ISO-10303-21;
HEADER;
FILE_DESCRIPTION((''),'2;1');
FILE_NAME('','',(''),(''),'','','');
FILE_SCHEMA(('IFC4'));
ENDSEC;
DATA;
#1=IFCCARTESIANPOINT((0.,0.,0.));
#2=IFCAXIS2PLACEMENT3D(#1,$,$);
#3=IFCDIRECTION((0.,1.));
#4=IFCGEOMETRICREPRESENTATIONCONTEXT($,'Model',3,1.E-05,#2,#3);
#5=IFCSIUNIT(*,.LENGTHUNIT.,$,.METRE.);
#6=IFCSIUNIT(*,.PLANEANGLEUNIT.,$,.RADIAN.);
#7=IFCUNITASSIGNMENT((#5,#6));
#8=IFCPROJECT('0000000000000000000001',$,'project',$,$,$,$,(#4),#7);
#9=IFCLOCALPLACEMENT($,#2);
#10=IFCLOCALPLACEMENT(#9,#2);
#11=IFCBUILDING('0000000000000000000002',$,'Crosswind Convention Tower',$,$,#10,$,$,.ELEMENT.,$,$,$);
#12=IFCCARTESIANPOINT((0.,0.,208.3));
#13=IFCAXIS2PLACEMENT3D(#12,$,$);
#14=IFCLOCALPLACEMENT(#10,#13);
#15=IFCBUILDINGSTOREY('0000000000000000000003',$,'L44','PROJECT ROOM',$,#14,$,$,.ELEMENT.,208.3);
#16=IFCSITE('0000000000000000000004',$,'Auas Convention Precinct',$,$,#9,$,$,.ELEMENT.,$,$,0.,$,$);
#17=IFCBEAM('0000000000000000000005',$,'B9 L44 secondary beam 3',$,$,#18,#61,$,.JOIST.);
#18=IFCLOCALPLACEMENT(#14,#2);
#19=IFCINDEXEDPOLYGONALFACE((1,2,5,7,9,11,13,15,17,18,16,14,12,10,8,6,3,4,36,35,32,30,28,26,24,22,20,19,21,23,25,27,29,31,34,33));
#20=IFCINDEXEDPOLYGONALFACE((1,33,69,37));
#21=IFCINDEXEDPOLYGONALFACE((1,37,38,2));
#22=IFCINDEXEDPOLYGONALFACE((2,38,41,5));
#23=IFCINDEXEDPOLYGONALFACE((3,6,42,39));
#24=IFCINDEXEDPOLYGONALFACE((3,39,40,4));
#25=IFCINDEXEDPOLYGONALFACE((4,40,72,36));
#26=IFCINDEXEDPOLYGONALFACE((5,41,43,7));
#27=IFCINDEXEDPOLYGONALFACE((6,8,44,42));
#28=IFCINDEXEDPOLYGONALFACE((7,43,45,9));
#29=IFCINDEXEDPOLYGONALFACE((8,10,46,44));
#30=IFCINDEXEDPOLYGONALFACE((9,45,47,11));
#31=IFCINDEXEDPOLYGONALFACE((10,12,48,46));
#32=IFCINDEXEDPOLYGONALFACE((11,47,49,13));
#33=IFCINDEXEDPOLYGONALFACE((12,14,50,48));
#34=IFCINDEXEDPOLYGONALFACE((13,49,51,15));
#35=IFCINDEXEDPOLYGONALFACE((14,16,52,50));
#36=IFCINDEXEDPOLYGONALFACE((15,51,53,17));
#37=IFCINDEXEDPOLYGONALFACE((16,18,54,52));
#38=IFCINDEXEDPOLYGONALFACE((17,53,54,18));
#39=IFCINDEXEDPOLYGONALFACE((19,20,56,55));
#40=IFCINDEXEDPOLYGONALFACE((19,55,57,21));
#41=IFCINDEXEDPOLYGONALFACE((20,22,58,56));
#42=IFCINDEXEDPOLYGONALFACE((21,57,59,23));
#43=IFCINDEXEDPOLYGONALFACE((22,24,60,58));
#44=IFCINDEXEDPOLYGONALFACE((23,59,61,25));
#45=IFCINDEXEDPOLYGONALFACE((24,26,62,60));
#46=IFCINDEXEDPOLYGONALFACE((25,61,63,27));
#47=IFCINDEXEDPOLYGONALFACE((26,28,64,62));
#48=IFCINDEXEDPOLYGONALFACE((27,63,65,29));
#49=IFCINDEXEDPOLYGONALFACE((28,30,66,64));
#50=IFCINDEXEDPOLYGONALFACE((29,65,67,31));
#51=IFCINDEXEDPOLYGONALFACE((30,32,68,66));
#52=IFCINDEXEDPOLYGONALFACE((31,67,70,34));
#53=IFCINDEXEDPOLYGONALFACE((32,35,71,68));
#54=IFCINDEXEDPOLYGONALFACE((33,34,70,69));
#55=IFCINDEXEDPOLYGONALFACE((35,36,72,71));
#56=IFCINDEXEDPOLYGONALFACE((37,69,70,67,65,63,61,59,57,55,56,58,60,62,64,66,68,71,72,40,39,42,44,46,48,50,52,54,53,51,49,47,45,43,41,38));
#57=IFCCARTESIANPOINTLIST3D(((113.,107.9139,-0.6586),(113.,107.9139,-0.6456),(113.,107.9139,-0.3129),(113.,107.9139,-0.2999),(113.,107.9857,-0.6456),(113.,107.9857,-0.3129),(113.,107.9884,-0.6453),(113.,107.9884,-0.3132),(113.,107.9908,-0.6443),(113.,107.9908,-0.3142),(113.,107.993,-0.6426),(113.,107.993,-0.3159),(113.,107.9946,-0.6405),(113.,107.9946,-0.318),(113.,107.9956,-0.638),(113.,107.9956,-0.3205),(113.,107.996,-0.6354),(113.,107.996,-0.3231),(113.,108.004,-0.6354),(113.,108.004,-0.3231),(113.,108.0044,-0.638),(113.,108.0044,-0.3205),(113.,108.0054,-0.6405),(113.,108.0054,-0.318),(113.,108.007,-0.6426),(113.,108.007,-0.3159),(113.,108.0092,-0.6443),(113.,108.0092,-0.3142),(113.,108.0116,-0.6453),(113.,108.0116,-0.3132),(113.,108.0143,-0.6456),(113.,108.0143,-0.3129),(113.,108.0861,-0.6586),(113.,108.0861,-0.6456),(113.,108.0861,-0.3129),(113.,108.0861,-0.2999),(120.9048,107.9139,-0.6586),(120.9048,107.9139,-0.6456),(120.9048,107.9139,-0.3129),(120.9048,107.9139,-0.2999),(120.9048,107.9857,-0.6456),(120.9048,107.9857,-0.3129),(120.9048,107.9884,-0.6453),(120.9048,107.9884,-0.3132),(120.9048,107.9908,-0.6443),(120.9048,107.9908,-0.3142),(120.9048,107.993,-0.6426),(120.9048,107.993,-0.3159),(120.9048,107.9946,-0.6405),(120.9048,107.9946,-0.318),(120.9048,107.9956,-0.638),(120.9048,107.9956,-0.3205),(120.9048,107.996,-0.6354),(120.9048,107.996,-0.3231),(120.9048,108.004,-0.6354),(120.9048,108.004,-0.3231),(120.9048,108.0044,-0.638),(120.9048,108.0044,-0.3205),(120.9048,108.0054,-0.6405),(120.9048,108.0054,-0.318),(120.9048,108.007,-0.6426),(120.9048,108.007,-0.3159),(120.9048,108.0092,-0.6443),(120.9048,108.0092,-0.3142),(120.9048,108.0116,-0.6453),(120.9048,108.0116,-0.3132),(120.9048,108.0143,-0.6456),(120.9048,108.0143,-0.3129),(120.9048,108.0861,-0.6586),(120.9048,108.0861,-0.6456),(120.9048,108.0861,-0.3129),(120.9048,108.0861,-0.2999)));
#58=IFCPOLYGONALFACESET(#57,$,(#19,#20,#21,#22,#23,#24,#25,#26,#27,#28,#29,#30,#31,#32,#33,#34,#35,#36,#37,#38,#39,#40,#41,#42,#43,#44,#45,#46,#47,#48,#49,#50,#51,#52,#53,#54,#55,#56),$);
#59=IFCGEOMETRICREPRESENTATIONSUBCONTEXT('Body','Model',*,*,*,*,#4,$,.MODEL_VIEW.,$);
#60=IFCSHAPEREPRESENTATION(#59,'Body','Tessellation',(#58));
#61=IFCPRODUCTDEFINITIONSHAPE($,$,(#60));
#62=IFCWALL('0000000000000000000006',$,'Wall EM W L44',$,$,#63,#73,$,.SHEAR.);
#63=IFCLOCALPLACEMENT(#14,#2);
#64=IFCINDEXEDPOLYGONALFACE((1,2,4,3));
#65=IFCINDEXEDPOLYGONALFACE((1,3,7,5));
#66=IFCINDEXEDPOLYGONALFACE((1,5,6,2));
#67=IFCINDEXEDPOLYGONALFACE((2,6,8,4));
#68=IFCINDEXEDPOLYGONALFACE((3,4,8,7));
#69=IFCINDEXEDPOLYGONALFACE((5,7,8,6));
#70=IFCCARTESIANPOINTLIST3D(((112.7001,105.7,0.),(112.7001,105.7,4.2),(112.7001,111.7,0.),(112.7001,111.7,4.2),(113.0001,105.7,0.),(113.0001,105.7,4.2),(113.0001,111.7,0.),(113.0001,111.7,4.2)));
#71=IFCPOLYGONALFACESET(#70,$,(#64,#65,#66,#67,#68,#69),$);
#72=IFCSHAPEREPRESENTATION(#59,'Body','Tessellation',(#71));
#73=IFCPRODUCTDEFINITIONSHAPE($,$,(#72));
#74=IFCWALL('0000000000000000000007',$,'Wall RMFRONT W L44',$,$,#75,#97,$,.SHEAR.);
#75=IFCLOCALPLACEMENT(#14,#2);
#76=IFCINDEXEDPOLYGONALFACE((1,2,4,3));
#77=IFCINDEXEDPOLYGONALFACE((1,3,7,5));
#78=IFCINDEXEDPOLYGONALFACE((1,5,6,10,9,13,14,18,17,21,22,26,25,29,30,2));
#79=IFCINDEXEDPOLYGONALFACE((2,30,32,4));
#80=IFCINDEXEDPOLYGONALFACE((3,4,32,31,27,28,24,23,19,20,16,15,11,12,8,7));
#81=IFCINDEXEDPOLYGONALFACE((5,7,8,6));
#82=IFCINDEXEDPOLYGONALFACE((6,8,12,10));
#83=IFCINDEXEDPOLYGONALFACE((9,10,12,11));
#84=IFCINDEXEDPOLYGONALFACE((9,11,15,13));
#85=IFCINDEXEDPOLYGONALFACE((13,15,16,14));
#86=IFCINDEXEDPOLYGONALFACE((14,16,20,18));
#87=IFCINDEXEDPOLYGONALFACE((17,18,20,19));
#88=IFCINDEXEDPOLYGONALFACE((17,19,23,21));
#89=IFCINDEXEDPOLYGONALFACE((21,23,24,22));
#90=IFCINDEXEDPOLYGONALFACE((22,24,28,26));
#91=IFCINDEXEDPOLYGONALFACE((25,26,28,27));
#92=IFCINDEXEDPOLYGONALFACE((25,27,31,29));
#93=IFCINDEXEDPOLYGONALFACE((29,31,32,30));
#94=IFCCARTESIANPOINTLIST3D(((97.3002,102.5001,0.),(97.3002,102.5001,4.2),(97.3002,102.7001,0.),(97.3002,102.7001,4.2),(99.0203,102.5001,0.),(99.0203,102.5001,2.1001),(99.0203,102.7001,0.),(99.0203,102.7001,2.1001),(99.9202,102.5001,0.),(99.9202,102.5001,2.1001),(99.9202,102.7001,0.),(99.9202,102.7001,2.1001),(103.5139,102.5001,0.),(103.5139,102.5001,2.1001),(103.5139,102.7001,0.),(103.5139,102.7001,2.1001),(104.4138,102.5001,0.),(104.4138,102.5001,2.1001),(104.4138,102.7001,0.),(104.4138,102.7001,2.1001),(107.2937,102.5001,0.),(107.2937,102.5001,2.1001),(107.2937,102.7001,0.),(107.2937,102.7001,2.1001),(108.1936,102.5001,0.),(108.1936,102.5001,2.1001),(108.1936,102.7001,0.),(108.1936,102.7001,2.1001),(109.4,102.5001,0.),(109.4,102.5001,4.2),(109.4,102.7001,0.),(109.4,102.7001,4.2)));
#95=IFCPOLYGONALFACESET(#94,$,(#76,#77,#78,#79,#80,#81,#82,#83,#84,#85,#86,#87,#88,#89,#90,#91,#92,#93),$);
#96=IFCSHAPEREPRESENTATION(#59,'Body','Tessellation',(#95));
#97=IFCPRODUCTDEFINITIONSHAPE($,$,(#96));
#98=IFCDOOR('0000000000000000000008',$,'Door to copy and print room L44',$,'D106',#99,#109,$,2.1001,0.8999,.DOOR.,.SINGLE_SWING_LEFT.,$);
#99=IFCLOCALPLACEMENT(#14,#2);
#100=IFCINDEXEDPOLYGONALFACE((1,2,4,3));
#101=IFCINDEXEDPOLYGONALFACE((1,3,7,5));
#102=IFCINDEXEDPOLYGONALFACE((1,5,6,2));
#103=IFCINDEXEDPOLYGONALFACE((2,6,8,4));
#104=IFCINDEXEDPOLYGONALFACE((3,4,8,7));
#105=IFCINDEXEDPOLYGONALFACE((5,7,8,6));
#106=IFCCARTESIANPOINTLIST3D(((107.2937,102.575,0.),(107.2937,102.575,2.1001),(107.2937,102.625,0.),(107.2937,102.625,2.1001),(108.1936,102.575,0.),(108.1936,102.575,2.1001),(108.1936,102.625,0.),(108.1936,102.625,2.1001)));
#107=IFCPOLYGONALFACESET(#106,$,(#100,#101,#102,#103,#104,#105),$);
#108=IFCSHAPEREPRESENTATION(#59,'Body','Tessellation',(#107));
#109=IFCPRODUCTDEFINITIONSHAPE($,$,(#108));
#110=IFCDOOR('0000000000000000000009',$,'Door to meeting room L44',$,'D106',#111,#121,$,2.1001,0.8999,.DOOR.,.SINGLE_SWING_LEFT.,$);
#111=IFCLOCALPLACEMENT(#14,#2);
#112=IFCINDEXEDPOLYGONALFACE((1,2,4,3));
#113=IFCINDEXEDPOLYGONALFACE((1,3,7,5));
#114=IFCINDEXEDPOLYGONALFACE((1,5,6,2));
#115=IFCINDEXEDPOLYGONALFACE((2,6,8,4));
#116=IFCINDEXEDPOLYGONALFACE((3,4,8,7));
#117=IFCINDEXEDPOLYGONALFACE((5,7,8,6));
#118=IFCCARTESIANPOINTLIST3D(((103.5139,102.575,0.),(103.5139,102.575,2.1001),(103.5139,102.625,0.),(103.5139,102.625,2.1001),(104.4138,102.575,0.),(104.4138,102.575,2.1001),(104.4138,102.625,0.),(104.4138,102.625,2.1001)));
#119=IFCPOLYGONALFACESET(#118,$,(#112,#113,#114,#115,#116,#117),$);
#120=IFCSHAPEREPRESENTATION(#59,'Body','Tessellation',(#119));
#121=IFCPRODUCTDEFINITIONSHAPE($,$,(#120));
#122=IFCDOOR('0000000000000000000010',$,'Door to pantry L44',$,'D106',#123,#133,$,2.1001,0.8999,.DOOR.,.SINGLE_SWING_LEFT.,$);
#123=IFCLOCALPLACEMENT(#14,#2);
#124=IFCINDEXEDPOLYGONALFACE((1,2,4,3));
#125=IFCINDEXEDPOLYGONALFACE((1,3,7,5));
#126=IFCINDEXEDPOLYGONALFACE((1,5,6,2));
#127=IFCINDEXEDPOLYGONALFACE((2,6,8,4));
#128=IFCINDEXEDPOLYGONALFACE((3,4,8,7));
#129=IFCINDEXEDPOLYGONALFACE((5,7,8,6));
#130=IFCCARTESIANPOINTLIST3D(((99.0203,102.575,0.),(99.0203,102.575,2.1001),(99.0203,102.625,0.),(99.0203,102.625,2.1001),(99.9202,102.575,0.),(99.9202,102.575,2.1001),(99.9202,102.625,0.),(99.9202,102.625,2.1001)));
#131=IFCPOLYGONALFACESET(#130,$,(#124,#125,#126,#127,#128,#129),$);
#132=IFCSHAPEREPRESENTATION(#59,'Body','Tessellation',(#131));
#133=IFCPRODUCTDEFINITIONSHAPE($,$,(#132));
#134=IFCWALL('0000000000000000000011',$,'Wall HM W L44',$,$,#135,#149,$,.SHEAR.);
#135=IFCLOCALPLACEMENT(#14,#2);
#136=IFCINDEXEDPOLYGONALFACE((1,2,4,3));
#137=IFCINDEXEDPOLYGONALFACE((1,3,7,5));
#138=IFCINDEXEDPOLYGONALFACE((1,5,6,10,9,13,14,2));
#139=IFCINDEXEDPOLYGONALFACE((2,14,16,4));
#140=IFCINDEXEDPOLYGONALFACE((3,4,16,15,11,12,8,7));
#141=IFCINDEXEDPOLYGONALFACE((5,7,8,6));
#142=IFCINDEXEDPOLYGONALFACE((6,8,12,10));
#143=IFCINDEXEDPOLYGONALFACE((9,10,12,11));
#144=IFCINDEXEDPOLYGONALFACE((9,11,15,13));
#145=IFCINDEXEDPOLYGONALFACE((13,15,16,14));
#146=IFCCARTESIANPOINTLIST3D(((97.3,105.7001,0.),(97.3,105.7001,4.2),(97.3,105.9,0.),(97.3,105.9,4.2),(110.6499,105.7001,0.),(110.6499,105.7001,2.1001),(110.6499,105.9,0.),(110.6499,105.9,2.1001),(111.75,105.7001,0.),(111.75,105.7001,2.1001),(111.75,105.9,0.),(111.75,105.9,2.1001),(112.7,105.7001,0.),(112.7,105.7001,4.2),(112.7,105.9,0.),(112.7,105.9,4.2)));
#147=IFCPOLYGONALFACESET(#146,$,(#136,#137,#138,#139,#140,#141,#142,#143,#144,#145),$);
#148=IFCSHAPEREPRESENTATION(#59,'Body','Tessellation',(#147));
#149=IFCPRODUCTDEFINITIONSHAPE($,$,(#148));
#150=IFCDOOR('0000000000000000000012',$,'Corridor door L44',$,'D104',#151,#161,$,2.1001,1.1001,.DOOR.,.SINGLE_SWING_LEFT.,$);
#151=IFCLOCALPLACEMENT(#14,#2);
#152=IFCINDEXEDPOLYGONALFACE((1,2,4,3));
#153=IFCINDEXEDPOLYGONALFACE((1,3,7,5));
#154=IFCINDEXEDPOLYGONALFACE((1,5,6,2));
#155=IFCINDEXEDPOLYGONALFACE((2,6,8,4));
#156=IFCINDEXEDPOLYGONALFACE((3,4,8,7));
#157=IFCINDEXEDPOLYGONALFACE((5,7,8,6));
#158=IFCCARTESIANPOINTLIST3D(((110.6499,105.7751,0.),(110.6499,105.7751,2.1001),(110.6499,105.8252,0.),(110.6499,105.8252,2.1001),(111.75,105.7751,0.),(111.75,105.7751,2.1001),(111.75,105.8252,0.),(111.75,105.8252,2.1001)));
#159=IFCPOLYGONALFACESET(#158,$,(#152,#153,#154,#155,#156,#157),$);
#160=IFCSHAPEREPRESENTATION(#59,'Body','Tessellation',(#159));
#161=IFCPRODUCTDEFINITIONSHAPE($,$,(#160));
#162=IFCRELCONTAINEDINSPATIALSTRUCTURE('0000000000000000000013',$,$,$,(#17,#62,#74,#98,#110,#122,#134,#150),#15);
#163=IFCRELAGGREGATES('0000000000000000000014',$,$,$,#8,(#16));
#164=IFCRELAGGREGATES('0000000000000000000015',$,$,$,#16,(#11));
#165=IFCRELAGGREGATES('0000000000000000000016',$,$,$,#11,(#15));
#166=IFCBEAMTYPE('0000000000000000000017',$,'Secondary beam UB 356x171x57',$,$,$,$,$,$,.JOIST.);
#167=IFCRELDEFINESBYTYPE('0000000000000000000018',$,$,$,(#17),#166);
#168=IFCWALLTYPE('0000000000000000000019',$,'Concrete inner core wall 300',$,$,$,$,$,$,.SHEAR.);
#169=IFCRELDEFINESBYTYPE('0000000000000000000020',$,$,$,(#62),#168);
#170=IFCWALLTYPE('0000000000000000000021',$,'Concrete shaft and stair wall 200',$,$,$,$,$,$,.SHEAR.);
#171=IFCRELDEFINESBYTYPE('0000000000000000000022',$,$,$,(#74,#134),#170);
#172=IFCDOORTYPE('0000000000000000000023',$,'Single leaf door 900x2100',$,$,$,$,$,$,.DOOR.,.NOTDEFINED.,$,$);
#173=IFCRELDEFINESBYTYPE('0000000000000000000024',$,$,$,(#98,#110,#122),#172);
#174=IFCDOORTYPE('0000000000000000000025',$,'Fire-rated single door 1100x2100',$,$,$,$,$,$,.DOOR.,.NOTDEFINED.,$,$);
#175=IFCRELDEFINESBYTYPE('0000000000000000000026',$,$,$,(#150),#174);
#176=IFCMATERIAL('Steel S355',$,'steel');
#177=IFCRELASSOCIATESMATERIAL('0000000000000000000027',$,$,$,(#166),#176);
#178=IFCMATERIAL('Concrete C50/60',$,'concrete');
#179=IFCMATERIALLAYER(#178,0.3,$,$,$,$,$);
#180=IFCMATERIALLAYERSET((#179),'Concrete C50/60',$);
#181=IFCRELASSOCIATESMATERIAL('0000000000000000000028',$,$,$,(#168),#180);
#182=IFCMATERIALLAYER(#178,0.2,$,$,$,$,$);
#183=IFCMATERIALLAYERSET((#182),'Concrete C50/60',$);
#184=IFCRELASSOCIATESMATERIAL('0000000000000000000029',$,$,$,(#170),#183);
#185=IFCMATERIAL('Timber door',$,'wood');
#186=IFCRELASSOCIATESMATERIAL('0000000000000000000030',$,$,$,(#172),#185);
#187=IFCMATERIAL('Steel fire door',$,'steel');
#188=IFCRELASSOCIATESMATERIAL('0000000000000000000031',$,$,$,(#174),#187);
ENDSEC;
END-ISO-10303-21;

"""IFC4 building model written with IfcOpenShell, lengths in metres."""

from ifc_helpers import new_model, si_unit, direction, frame, frame_2d, origin, origin_2d, place, context, subcontext, project, spatial, rectangle, i_section, extrude, material, layer, layer_set, material_profile, profile_set, type_object, element, fill, save


model = new_model("IFC4")

# Units and contexts
model_context = context("Model", 3, precision=1e-05, world=origin(), true_north=direction((0.0, 1.0)))
body_context = subcontext(model_context, "Body", "Model", "MODEL_VIEW")
ifc_project = project(units=[si_unit("LENGTHUNIT", "METRE"), si_unit("PLANEANGLEUNIT", "RADIAN")], contexts=[model_context])

# Site, building, storey
site_placement = place(None, origin())
site = spatial("IfcSite", under=ifc_project, at=site_placement, Name="Auas Convention Precinct", CompositionType="ELEMENT", RefElevation=0.0)
building_placement = place(site_placement, origin())
building = spatial("IfcBuilding", under=site, at=building_placement, Name="Crosswind Convention Tower", CompositionType="ELEMENT")
storey_placement = place(building_placement, frame((0.0, 0.0, 208.3)))
storey = spatial("IfcBuildingStorey", under=building, at=storey_placement, Name="L44", Description="PROJECT ROOM", CompositionType="ELEMENT", Elevation=208.3)

# Beam
ifc_material_1 = material(Name="Steel S355", Category="steel")
ifc_material_profile_1 = material_profile(ifc_material_1, i_section(OverallWidth=0.1721, OverallDepth=0.3586, WebThickness=0.0081, FlangeThickness=0.0129, FilletRadius=0.0103, at=origin_2d()), Name="UB 356x171x57")
ifc_profile_set_1 = profile_set([ifc_material_profile_1], Name="Steel S355")
beam_type_1 = type_object("IfcBeamType", Name="Secondary beam UB 356x171x57", PredefinedType="JOIST", material=ifc_profile_set_1)
for number, where, z_axis, x_axis, name in (
    (1, (113.0, 108.0, -0.4792), (1.0, 0.0, 0.0), (0.0, 1.0, 0.0), "B9 L44 secondary beam 3"),
):
    element("IfcBeam", number, at=place(storey_placement, frame(where, z_axis=z_axis, x_axis=x_axis)), inside=storey, type_object=beam_type_1, Name=name, PredefinedType="JOIST", context=body_context, shape_type="SweptSolid", body=[
        extrude(i_section(OverallWidth=0.1721, OverallDepth=0.3586, WebThickness=0.0081, FlangeThickness=0.0129, FilletRadius=0.0103, at=origin_2d()), origin(), (0.0, 0.0, 1.0), 7.9048),
    ])

# Shared definitions
ifc_material_2 = material(Name="Concrete C50/60", Category="concrete")
ifc_layer_1 = layer(ifc_material_2, 0.3)
ifc_layer_set_1 = layer_set([ifc_layer_1], Name="Concrete C50/60")
wall_type_1 = type_object("IfcWallType", Name="Concrete inner core wall 300", PredefinedType="SHEAR", material=ifc_layer_set_1)

# Wall
wall_1_placement = place(storey_placement, frame((112.8501, 111.7, 0.0), z_axis=(0.0, 0.0, 1.0), x_axis=(0.0, -1.0, 0.0)))
element("IfcWall", 2, at=wall_1_placement, inside=storey, type_object=wall_type_1, Name="Wall EM W L44", PredefinedType="SHEAR", context=body_context, shape_type="SweptSolid", body=[
    extrude(rectangle(XDim=6.0, YDim=0.3, at=frame_2d((3.0, 0.0))), origin(), (0.0, 0.0, 1.0), 4.2),
])

# Wall, openings, doors
ifc_layer_2 = layer(ifc_material_2, 0.2)
ifc_layer_set_2 = layer_set([ifc_layer_2], Name="Concrete C50/60")
wall_type_2 = type_object("IfcWallType", Name="Concrete shaft and stair wall 200", PredefinedType="SHEAR", material=ifc_layer_set_2)
wall_2_placement = place(storey_placement, frame((109.3999, 102.6001, 0.0), z_axis=(0.0, 0.0, 1.0), x_axis=(-1.0, 0.0, 0.0)))
wall_2 = element("IfcWall", 3, at=wall_2_placement, inside=storey, type_object=wall_type_2, Name="Wall RMFRONT W L44", PredefinedType="SHEAR", context=body_context, shape_type="SweptSolid", body=[
    extrude(rectangle(XDim=12.0999, YDim=0.2, at=frame_2d((6.0498, 0.0))), origin(), (0.0, 0.0, 1.0), 4.2),
])
opening_1_placement = place(wall_2_placement, frame((1.2063, 0.0, 0.0)))
opening_1 = element("IfcOpeningElement", 4, at=opening_1_placement, cuts=wall_2, PredefinedType="OPENING", context=body_context, shape_type="SweptSolid", body=[
    extrude(rectangle(XDim=0.8999, YDim=2.1001, at=frame_2d((0.45, 1.05))), frame((0.0, 0.1099, 0.0), z_axis=(0.0, -1.0, 0.0), x_axis=(1.0, 0.0, 0.0)), (0.0, 0.0, 1.0), 0.22),
])
opening_2_placement = place(wall_2_placement, frame((4.9861, 0.0, 0.0)))
opening_2 = element("IfcOpeningElement", 5, at=opening_2_placement, cuts=wall_2, PredefinedType="OPENING", context=body_context, shape_type="SweptSolid", body=[
    extrude(rectangle(XDim=0.8999, YDim=2.1001, at=frame_2d((0.45, 1.05))), frame((0.0, 0.1099, 0.0), z_axis=(0.0, -1.0, 0.0), x_axis=(1.0, 0.0, 0.0)), (0.0, 0.0, 1.0), 0.22),
])
opening_3_placement = place(wall_2_placement, frame((9.4797, 0.0, 0.0)))
opening_3 = element("IfcOpeningElement", 6, at=opening_3_placement, cuts=wall_2, PredefinedType="OPENING", context=body_context, shape_type="SweptSolid", body=[
    extrude(rectangle(XDim=0.8999, YDim=2.1001, at=frame_2d((0.45, 1.05))), frame((0.0, 0.1099, 0.0), z_axis=(0.0, -1.0, 0.0), x_axis=(1.0, 0.0, 0.0)), (0.0, 0.0, 1.0), 0.22),
])
ifc_material_3 = material(Name="Timber door", Category="wood")
door_type_1 = type_object("IfcDoorType", Name="Single leaf door 900x2100", OperationType="NOTDEFINED", PredefinedType="DOOR", material=ifc_material_3)
door_1_placement = place(opening_1_placement, frame((0.8999, 0.0, 0.0), z_axis=(0.0, 0.0, 1.0), x_axis=(-1.0, 0.0, 0.0)))
door_1 = element("IfcDoor", 7, at=door_1_placement, inside=storey, type_object=door_type_1, Name="Door to copy and print room L44", ObjectType="D106", OperationType="SINGLE_SWING_LEFT", OverallHeight=2.1001, OverallWidth=0.8999, PredefinedType="DOOR", context=body_context, shape_type="SweptSolid", body=[
    extrude(rectangle(XDim=0.8999, YDim=2.1001, at=frame_2d((0.45, 1.05))), frame((0.0, 0.0249, 0.0), z_axis=(0.0, -1.0, 0.0), x_axis=(1.0, 0.0, 0.0)), (0.0, 0.0, 1.0), 0.05),
])
fill(opening_1, door_1)
door_2_placement = place(opening_2_placement, frame((0.8999, 0.0, 0.0), z_axis=(0.0, 0.0, 1.0), x_axis=(-1.0, 0.0, 0.0)))
door_2 = element("IfcDoor", 8, at=door_2_placement, inside=storey, type_object=door_type_1, Name="Door to meeting room L44", ObjectType="D106", OperationType="SINGLE_SWING_LEFT", OverallHeight=2.1001, OverallWidth=0.8999, PredefinedType="DOOR", context=body_context, shape_type="SweptSolid", body=[
    extrude(rectangle(XDim=0.8999, YDim=2.1001, at=frame_2d((0.45, 1.05))), frame((0.0, 0.0249, 0.0), z_axis=(0.0, -1.0, 0.0), x_axis=(1.0, 0.0, 0.0)), (0.0, 0.0, 1.0), 0.05),
])
fill(opening_2, door_2)
door_3_placement = place(opening_3_placement, frame((0.8999, 0.0, 0.0), z_axis=(0.0, 0.0, 1.0), x_axis=(-1.0, 0.0, 0.0)))
door_3 = element("IfcDoor", 9, at=door_3_placement, inside=storey, type_object=door_type_1, Name="Door to pantry L44", ObjectType="D106", OperationType="SINGLE_SWING_LEFT", OverallHeight=2.1001, OverallWidth=0.8999, PredefinedType="DOOR", context=body_context, shape_type="SweptSolid", body=[
    extrude(rectangle(XDim=0.8999, YDim=2.1001, at=frame_2d((0.45, 1.05))), frame((0.0, 0.0249, 0.0), z_axis=(0.0, -1.0, 0.0), x_axis=(1.0, 0.0, 0.0)), (0.0, 0.0, 1.0), 0.05),
])
fill(opening_3, door_3)

# Wall, opening, door
wall_3_placement = place(storey_placement, frame((112.7, 105.8, 0.0), z_axis=(0.0, 0.0, 1.0), x_axis=(-1.0, 0.0, 0.0)))
wall_3 = element("IfcWall", 10, at=wall_3_placement, inside=storey, type_object=wall_type_2, Name="Wall HM W L44", PredefinedType="SHEAR", context=body_context, shape_type="SweptSolid", body=[
    extrude(rectangle(XDim=15.3999, YDim=0.2, at=frame_2d((7.7, 0.0))), origin(), (0.0, 0.0, 1.0), 4.2),
])
opening_4_placement = place(wall_3_placement, frame((0.95, 0.0, 0.0)))
opening_4 = element("IfcOpeningElement", 11, at=opening_4_placement, cuts=wall_3, PredefinedType="OPENING", context=body_context, shape_type="SweptSolid", body=[
    extrude(rectangle(XDim=1.1001, YDim=2.1001, at=frame_2d((0.55, 1.05))), frame((0.0, 0.1099, 0.0), z_axis=(0.0, -1.0, 0.0), x_axis=(1.0, 0.0, 0.0)), (0.0, 0.0, 1.0), 0.22),
])
ifc_material_4 = material(Name="Steel fire door", Category="steel")
door_type_2 = type_object("IfcDoorType", Name="Fire-rated single door 1100x2100", OperationType="NOTDEFINED", PredefinedType="DOOR", material=ifc_material_4)
door_4_placement = place(opening_4_placement, origin())
door_4 = element("IfcDoor", 12, at=door_4_placement, inside=storey, type_object=door_type_2, Name="Corridor door L44", ObjectType="D104", OperationType="SINGLE_SWING_LEFT", OverallHeight=2.1001, OverallWidth=1.1001, PredefinedType="DOOR", context=body_context, shape_type="SweptSolid", body=[
    extrude(rectangle(XDim=1.1001, YDim=2.1001, at=frame_2d((0.55, 1.05))), frame((0.0, 0.0249, 0.0), z_axis=(0.0, -1.0, 0.0), x_axis=(1.0, 0.0, 0.0)), (0.0, 0.0, 1.0), 0.05),
])
fill(opening_4, door_4)

save(model, "model.ifc")
